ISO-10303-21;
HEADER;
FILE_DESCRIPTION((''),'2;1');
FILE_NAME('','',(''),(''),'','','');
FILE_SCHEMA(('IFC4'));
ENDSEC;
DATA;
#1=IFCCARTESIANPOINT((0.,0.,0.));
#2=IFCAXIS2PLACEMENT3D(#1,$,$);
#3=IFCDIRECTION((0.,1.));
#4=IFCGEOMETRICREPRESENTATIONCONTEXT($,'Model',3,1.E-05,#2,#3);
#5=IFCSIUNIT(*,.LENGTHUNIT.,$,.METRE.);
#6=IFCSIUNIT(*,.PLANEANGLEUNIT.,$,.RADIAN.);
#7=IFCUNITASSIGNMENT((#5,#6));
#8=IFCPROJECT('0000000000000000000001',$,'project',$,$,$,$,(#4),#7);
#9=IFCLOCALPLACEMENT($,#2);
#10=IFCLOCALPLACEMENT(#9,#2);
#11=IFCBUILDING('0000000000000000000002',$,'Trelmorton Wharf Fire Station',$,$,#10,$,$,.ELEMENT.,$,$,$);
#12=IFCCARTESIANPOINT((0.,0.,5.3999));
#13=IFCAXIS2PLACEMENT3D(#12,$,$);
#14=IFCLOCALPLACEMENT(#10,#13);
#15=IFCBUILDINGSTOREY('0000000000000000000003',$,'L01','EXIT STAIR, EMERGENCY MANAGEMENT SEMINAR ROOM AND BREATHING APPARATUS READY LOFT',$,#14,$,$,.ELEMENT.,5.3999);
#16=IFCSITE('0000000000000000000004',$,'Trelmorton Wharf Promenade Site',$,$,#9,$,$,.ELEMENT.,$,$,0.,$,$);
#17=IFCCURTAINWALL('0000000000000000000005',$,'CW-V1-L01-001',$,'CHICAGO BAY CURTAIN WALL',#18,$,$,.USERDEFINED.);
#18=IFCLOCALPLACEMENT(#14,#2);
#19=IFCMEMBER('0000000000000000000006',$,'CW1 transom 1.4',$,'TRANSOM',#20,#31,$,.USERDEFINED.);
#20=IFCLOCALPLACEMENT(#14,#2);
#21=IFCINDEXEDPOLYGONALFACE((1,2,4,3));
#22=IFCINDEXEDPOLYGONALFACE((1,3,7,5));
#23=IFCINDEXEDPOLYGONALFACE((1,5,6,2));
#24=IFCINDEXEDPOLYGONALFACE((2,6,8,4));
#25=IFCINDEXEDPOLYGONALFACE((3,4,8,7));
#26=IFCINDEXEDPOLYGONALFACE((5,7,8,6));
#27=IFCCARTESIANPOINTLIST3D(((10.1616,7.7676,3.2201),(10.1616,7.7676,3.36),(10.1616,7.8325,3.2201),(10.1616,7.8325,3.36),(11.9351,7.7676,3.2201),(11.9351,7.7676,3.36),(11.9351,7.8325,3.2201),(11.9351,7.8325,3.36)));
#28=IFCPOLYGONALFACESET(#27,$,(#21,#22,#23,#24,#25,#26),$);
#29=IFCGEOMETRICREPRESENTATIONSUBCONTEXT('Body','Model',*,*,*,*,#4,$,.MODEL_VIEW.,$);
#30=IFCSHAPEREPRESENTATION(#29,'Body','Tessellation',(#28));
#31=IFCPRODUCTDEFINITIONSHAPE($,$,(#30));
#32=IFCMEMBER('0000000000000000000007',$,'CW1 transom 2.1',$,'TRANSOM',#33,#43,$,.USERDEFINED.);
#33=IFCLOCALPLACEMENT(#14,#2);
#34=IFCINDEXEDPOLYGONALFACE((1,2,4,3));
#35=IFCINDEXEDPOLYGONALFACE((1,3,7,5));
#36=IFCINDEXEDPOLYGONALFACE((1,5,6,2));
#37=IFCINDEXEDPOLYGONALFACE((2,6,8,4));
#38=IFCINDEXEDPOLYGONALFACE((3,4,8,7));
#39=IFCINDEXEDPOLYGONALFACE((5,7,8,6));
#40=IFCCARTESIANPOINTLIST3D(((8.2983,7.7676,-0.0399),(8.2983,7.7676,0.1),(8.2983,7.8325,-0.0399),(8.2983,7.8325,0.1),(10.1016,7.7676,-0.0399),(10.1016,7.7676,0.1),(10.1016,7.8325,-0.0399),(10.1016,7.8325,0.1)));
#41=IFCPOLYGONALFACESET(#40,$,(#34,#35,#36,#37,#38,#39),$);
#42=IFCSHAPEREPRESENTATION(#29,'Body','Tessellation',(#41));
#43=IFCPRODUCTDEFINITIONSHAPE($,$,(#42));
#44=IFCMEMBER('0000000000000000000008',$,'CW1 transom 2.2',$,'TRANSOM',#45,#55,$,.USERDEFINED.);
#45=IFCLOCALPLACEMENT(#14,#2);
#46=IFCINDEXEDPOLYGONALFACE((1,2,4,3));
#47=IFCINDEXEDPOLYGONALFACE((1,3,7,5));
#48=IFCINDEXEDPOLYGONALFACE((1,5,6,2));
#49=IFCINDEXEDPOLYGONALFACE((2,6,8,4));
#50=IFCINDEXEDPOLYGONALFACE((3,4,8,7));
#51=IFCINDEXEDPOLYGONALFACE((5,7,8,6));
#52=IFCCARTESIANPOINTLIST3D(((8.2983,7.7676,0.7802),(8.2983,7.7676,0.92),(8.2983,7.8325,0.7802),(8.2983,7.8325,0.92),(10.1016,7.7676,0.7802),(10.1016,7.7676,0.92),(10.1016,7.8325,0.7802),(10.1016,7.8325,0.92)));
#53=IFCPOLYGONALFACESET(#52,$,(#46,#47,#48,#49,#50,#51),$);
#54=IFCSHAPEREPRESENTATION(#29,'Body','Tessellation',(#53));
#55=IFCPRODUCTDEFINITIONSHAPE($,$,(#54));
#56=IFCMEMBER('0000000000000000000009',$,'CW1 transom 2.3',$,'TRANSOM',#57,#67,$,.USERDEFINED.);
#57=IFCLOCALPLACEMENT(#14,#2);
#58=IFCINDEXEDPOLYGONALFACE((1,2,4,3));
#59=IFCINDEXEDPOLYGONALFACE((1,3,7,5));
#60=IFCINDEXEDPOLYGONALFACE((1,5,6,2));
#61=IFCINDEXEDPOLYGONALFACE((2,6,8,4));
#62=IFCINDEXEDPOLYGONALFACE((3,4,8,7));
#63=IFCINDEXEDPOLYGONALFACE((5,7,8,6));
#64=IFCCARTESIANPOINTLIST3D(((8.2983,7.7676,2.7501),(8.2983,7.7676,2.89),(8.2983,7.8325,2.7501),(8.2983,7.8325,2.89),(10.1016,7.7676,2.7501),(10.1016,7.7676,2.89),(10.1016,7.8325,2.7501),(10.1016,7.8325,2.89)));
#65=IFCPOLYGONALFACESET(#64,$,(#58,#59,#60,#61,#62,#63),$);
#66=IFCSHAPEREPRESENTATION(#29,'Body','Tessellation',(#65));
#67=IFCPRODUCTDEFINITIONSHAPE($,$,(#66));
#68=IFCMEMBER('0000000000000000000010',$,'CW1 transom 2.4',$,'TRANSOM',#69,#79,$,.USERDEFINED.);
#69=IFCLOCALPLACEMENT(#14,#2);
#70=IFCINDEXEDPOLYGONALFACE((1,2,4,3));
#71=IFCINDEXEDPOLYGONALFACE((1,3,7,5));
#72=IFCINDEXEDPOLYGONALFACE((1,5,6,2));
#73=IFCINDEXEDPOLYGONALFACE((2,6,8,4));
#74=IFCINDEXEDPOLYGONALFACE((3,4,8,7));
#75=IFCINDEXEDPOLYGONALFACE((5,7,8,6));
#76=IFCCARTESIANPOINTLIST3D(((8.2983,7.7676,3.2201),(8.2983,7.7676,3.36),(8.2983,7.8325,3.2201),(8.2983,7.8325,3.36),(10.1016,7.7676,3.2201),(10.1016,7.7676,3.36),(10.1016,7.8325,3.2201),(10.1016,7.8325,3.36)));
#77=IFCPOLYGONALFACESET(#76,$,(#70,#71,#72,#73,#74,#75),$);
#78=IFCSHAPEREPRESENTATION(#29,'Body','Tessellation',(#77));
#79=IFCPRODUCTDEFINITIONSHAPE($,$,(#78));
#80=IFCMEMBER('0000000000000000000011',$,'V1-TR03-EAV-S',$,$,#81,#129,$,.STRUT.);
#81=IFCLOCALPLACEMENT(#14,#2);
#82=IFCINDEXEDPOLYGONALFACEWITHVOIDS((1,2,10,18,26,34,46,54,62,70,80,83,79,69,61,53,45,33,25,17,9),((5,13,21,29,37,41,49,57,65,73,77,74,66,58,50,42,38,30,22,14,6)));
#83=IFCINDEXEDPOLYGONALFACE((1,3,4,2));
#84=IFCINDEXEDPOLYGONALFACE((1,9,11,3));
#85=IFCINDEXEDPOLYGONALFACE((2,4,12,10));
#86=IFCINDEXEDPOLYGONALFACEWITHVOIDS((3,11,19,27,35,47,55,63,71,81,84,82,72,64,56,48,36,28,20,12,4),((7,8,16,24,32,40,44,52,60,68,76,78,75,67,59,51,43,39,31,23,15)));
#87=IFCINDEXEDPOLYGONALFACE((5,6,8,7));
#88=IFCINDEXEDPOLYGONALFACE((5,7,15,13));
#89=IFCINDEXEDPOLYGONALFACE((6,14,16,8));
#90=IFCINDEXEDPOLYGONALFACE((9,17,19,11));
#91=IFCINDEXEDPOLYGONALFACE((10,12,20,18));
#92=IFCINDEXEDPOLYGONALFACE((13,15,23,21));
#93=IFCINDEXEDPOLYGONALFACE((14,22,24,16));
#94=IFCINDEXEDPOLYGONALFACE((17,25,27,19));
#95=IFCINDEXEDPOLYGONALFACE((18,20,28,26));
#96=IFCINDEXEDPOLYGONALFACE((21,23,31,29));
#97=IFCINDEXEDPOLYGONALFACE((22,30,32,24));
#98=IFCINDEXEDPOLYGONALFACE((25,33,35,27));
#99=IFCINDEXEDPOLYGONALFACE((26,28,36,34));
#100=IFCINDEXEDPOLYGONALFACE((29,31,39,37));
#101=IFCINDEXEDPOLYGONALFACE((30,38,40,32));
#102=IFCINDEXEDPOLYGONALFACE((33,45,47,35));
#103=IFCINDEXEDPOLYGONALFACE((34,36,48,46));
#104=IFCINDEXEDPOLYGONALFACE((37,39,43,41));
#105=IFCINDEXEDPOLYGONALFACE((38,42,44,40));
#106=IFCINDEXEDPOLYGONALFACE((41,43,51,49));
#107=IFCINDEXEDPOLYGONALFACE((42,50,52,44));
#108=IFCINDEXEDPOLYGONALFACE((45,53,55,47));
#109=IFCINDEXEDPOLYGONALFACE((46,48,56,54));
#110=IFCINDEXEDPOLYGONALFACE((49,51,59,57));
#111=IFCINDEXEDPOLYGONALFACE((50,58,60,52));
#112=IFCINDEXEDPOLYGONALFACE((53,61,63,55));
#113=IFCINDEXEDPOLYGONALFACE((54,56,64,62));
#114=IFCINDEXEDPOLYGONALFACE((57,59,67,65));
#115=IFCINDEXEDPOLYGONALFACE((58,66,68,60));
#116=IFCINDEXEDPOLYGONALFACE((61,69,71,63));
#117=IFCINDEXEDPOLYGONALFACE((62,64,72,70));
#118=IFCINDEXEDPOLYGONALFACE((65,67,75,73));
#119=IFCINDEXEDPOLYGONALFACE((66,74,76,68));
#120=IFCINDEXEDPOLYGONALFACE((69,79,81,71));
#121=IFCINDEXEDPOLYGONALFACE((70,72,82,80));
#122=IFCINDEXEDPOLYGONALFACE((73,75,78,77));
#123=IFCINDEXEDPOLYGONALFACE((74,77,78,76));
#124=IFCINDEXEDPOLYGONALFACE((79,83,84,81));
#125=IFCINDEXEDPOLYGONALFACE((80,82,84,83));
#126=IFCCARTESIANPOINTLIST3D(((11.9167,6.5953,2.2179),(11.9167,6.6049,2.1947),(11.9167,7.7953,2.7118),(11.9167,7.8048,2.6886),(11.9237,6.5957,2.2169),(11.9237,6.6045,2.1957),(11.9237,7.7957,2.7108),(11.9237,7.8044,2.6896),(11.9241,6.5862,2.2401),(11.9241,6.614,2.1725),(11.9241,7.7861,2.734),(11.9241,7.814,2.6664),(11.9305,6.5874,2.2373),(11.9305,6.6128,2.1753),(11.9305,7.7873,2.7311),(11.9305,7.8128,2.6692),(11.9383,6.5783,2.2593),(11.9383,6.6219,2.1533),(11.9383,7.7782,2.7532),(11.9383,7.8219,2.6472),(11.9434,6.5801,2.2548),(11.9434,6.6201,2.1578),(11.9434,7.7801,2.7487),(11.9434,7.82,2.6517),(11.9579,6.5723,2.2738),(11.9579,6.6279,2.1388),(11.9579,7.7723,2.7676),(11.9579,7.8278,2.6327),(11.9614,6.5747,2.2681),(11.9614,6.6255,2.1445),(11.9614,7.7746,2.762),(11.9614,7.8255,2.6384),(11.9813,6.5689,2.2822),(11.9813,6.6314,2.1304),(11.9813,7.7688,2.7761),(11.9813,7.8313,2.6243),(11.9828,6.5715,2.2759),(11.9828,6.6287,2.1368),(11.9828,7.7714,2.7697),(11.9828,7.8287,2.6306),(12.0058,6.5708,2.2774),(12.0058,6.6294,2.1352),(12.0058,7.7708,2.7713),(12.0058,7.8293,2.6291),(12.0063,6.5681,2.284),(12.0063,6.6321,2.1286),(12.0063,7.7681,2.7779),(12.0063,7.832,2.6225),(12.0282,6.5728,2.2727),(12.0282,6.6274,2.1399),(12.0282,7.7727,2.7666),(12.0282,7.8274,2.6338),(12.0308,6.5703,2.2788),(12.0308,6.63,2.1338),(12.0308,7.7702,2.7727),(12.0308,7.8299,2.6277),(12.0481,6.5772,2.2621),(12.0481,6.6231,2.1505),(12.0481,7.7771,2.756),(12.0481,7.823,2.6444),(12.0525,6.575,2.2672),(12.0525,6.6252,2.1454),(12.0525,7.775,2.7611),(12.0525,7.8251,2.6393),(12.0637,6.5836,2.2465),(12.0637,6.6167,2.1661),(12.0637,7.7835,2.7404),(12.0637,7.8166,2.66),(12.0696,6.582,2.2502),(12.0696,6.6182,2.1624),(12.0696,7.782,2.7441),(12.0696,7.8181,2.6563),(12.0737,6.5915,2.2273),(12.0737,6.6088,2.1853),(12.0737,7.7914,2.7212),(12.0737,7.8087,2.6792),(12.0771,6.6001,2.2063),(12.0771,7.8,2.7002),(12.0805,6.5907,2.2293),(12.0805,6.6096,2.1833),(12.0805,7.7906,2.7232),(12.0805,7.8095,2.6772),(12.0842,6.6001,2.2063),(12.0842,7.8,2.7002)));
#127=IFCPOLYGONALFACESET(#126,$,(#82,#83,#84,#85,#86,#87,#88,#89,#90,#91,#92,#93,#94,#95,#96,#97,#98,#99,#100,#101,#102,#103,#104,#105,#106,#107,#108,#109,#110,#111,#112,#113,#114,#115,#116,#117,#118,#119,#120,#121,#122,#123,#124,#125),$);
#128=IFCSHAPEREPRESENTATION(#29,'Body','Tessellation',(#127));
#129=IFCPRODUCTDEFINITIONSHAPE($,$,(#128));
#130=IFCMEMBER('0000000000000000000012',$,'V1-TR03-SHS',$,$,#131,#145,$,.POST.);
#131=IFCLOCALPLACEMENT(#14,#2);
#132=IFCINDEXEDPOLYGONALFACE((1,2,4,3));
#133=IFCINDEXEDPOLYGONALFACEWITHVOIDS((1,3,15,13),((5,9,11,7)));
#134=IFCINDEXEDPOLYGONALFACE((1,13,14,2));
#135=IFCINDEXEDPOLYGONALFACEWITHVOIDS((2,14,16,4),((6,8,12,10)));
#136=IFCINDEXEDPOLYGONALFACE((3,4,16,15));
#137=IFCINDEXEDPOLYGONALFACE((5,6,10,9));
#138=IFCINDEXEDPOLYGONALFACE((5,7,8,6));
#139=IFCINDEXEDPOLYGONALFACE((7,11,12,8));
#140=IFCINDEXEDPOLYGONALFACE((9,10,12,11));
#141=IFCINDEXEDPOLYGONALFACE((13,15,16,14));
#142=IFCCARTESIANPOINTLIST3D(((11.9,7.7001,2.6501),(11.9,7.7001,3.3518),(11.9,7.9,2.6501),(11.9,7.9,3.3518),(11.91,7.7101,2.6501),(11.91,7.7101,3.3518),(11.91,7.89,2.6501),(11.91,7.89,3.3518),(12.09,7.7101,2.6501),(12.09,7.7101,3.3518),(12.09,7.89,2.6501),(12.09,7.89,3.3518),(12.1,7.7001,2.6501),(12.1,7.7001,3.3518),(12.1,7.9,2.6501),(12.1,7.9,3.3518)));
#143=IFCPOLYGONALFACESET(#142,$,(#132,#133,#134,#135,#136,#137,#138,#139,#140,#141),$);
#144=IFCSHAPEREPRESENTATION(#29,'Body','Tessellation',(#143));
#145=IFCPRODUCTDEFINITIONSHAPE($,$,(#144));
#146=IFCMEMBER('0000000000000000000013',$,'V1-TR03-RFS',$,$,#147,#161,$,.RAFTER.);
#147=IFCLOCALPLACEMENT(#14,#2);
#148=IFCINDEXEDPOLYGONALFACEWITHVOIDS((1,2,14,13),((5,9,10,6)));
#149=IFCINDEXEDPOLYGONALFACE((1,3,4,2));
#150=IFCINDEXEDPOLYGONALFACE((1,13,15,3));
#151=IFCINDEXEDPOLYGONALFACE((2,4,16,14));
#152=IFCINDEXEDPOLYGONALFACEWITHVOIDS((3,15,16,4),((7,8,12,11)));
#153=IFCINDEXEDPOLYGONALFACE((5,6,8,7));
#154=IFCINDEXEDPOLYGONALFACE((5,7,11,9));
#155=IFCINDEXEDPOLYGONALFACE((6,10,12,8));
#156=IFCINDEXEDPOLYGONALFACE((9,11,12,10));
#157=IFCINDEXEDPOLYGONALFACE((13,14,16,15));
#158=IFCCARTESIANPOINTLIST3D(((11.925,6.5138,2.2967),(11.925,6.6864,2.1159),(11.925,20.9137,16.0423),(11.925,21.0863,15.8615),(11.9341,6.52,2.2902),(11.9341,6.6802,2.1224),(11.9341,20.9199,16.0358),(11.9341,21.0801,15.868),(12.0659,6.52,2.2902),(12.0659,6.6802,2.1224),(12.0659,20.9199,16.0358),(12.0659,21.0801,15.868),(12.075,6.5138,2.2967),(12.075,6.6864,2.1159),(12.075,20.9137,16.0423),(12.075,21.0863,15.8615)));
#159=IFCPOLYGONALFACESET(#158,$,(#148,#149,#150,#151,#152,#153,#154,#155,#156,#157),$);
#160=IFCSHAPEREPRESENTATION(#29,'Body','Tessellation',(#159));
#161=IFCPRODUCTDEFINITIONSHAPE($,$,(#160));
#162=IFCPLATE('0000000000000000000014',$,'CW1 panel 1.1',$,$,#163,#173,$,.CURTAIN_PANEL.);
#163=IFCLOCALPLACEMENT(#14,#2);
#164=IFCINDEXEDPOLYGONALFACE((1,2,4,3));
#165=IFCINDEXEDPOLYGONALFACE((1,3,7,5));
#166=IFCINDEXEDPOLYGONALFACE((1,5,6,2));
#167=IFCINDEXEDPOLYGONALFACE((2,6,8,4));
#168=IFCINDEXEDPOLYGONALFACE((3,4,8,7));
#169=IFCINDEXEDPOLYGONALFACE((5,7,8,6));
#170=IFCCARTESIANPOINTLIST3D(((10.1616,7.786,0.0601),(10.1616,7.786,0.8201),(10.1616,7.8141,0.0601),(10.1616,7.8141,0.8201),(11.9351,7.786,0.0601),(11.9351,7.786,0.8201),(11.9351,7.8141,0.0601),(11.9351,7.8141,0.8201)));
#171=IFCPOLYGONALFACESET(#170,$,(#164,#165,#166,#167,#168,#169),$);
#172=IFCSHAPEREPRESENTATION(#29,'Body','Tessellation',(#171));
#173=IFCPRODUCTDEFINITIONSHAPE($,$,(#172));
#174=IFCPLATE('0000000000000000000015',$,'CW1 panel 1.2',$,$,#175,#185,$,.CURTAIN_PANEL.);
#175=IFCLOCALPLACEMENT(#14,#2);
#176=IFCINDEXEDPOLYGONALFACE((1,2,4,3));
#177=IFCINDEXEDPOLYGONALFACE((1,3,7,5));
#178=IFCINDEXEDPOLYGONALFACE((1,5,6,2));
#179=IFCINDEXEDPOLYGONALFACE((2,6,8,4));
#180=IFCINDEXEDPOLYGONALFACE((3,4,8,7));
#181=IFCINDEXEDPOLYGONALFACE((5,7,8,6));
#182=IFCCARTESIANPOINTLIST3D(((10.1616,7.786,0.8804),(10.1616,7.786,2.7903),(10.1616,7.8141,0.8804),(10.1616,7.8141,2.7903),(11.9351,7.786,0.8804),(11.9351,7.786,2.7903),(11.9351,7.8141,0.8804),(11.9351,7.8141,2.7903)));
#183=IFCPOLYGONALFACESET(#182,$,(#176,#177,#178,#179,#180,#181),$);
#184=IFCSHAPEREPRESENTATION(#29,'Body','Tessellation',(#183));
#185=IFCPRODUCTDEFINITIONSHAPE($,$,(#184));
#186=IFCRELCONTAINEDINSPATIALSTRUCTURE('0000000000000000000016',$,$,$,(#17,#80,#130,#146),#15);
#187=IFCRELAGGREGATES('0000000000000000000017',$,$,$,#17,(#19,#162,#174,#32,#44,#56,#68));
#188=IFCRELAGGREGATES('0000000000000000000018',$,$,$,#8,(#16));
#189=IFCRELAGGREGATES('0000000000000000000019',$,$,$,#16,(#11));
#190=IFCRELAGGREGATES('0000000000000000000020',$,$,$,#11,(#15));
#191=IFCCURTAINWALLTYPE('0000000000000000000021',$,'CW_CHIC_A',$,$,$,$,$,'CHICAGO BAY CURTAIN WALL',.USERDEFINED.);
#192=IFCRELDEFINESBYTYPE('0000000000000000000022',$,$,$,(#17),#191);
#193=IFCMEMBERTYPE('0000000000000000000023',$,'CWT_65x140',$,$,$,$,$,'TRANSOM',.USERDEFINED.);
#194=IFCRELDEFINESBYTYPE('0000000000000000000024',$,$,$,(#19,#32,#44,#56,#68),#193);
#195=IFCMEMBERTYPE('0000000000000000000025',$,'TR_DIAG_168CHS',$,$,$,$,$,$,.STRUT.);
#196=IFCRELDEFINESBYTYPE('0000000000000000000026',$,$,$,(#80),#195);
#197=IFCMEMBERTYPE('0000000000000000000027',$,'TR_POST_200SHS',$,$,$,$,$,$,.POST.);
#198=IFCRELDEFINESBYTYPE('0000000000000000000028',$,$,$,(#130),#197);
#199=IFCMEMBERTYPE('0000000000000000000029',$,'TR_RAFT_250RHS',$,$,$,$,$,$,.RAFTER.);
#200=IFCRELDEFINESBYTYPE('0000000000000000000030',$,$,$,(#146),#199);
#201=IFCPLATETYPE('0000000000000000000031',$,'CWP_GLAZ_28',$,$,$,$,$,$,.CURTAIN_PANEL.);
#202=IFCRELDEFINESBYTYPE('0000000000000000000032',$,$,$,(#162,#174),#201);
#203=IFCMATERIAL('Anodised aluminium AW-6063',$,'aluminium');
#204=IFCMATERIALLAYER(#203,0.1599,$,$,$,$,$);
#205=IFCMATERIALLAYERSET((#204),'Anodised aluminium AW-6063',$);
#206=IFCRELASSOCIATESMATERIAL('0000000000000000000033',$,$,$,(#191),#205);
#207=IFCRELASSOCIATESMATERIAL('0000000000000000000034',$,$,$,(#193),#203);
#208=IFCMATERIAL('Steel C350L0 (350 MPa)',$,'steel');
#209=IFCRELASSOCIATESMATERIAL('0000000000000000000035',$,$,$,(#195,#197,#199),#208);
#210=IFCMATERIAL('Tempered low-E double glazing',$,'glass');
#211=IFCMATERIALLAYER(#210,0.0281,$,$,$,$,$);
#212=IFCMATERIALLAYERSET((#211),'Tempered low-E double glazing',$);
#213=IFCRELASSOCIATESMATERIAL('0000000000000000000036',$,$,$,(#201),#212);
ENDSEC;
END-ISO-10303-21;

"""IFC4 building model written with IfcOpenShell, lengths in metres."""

from ifc_helpers import new_model, si_unit, direction, frame, origin, origin_2d, place, context, subcontext, project, spatial, rectangle, hollow_rectangle, hollow_circle, extrude, material, layer, layer_set, material_profile, profile_set, type_object, element, aggregate, save


model = new_model("IFC4")

# Units and contexts
model_context = context("Model", 3, precision=1e-05, world=origin(), true_north=direction((0.0, 1.0)))
body_context = subcontext(model_context, "Body", "Model", "MODEL_VIEW")
ifc_project = project(units=[si_unit("LENGTHUNIT", "METRE"), si_unit("PLANEANGLEUNIT", "RADIAN")], contexts=[model_context])

# Site, building, storey
site_placement = place(None, origin())
site = spatial("IfcSite", under=ifc_project, at=site_placement, Name="Trelmorton Wharf Promenade Site", CompositionType="ELEMENT", RefElevation=0.0)
building_placement = place(site_placement, origin())
building = spatial("IfcBuilding", under=site, at=building_placement, Name="Trelmorton Wharf Fire Station", CompositionType="ELEMENT")
storey_placement = place(building_placement, frame((0.0, 0.0, 5.3999)))
storey = spatial("IfcBuildingStorey", under=building, at=storey_placement, Name="L01", Description="EXIT STAIR, EMERGENCY MANAGEMENT SEMINAR ROOM AND BREATHING APPARATUS READY LOFT", CompositionType="ELEMENT", Elevation=5.3999)

# Curtain wall, members
ifc_material_1 = material(Name="Anodised aluminium AW-6063", Category="aluminium")
ifc_layer_1 = layer(ifc_material_1, 0.1599)
ifc_layer_set_1 = layer_set([ifc_layer_1], Name="Anodised aluminium AW-6063")
curtain_wall_type = type_object("IfcCurtainWallType", Name="CW_CHIC_A", ElementType="CHICAGO BAY CURTAIN WALL", PredefinedType="USERDEFINED", material=ifc_layer_set_1)
curtain_wall_placement = place(storey_placement, origin())
curtain_wall = element("IfcCurtainWall", 1, at=curtain_wall_placement, inside=storey, type_object=curtain_wall_type, Name="CW-V1-L01-001", ObjectType="CHICAGO BAY CURTAIN WALL", PredefinedType="USERDEFINED")
ifc_material_profile_1 = material_profile(ifc_material_1, rectangle(XDim=0.0649, YDim=0.1399, at=origin_2d()), Name="ALU-65x140")
ifc_profile_set_1 = profile_set([ifc_material_profile_1], Name="Anodised aluminium AW-6063")
member_type_1 = type_object("IfcMemberType", Name="CWT_65x140", ElementType="TRANSOM", PredefinedType="USERDEFINED", material=ifc_profile_set_1)
member_1_placement = place(storey_placement, frame((11.9351, 7.8, 3.29), z_axis=(-1.0, 0.0, 0.0), x_axis=(0.0, -1.0, 0.0)))
member_1 = element("IfcMember", 2, at=member_1_placement, type_object=member_type_1, Name="CW1 transom 1.4", ObjectType="TRANSOM", PredefinedType="USERDEFINED", context=body_context, shape_type="SweptSolid", body=[
    extrude(rectangle(XDim=0.0649, YDim=0.1399, at=origin_2d()), origin(), (0.0, 0.0, 1.0), 1.7734),
])
member_2_placement = place(storey_placement, frame((10.1016, 7.8, 0.03), z_axis=(-1.0, 0.0, 0.0), x_axis=(0.0, -1.0, 0.0)))
member_2 = element("IfcMember", 3, at=member_2_placement, type_object=member_type_1, Name="CW1 transom 2.1", ObjectType="TRANSOM", PredefinedType="USERDEFINED", context=body_context, shape_type="SweptSolid", body=[
    extrude(rectangle(XDim=0.0649, YDim=0.1399, at=origin_2d()), origin(), (0.0, 0.0, 1.0), 1.8032),
])
member_3_placement = place(storey_placement, frame((10.1016, 7.8, 0.8501), z_axis=(-1.0, 0.0, 0.0), x_axis=(0.0, -1.0, 0.0)))
member_3 = element("IfcMember", 4, at=member_3_placement, type_object=member_type_1, Name="CW1 transom 2.2", ObjectType="TRANSOM", PredefinedType="USERDEFINED", context=body_context, shape_type="SweptSolid", body=[
    extrude(rectangle(XDim=0.0649, YDim=0.1399, at=origin_2d()), origin(), (0.0, 0.0, 1.0), 1.8032),
])
member_4_placement = place(storey_placement, frame((10.1016, 7.8, 2.8201), z_axis=(-1.0, 0.0, 0.0), x_axis=(0.0, -1.0, 0.0)))
member_4 = element("IfcMember", 5, at=member_4_placement, type_object=member_type_1, Name="CW1 transom 2.3", ObjectType="TRANSOM", PredefinedType="USERDEFINED", context=body_context, shape_type="SweptSolid", body=[
    extrude(rectangle(XDim=0.0649, YDim=0.1399, at=origin_2d()), origin(), (0.0, 0.0, 1.0), 1.8032),
])
member_5_placement = place(storey_placement, frame((10.1016, 7.8, 3.29), z_axis=(-1.0, 0.0, 0.0), x_axis=(0.0, -1.0, 0.0)))
member_5 = element("IfcMember", 6, at=member_5_placement, type_object=member_type_1, Name="CW1 transom 2.4", ObjectType="TRANSOM", PredefinedType="USERDEFINED", context=body_context, shape_type="SweptSolid", body=[
    extrude(rectangle(XDim=0.0649, YDim=0.1399, at=origin_2d()), origin(), (0.0, 0.0, 1.0), 1.8032),
])

# Members
ifc_material_2 = material(Name="Steel C350L0 (350 MPa)", Category="steel")
ifc_material_profile_2 = material_profile(ifc_material_2, hollow_circle(Radius=0.0842, WallThickness=0.0071, at=origin_2d()), Name="168.3x7.1CHS")
ifc_profile_set_2 = profile_set([ifc_material_profile_2], Name="Steel C350L0 (350 MPa)")
member_type_2 = type_object("IfcMemberType", Name="TR_DIAG_168CHS", PredefinedType="STRUT", material=ifc_profile_set_2)
member_6_placement = place(storey_placement, frame((12.0, 7.8, 2.7002), z_axis=(0.0, -0.924733, -0.380617), x_axis=(1.0, 0.0, 0.0)))
element("IfcMember", 7, at=member_6_placement, inside=storey, type_object=member_type_2, Name="V1-TR03-EAV-S", PredefinedType="STRUT", context=body_context, shape_type="SweptSolid", body=[
    extrude(hollow_circle(Radius=0.0842, WallThickness=0.0071, at=origin_2d()), origin(), (0.0, 0.0, 1.0), 1.2976),
])
ifc_material_profile_3 = material_profile(ifc_material_2, hollow_rectangle(XDim=0.2, YDim=0.2, WallThickness=0.01, at=origin_2d()), Name="200x200x10.0SHS")
ifc_profile_set_3 = profile_set([ifc_material_profile_3], Name="Steel C350L0 (350 MPa)")
member_type_3 = type_object("IfcMemberType", Name="TR_POST_200SHS", PredefinedType="POST", material=ifc_profile_set_3)
member_7_placement = place(storey_placement, frame((12.0, 7.8, 2.6501), z_axis=(0.0, 0.0, 1.0), x_axis=(1.0, 0.0, 0.0)))
element("IfcMember", 8, at=member_7_placement, inside=storey, type_object=member_type_3, Name="V1-TR03-SHS", PredefinedType="POST", context=body_context, shape_type="SweptSolid", body=[
    extrude(hollow_rectangle(XDim=0.2, YDim=0.2, WallThickness=0.01, at=origin_2d()), origin(), (0.0, 0.0, 1.0), 0.7017),
])
ifc_material_profile_4 = material_profile(ifc_material_2, hollow_rectangle(XDim=0.1499, YDim=0.25, WallThickness=0.009, at=origin_2d()), Name="250x150x9.0RHS")
ifc_profile_set_4 = profile_set([ifc_material_profile_4], Name="Steel C350L0 (350 MPa)")
member_type_4 = type_object("IfcMemberType", Name="TR_RAFT_250RHS", PredefinedType="RAFTER", material=ifc_profile_set_4)
member_8_placement = place(storey_placement, frame((12.0, 6.6001, 2.2063), z_axis=(0.0, 0.723349, 0.690482), x_axis=(-1.0, 0.0, 0.0)))
element("IfcMember", 9, at=member_8_placement, inside=storey, type_object=member_type_4, Name="V1-TR03-RFS", PredefinedType="RAFTER", context=body_context, shape_type="SweptSolid", body=[
    extrude(hollow_rectangle(XDim=0.1499, YDim=0.25, WallThickness=0.009, at=origin_2d()), origin(), (0.0, 0.0, 1.0), 19.9072),
])

# Plates
ifc_material_3 = material(Name="Tempered low-E double glazing", Category="glass")
ifc_layer_2 = layer(ifc_material_3, 0.0281)
ifc_layer_set_2 = layer_set([ifc_layer_2], Name="Tempered low-E double glazing")
plate_type_1 = type_object("IfcPlateType", Name="CWP_GLAZ_28", PredefinedType="CURTAIN_PANEL", material=ifc_layer_set_2)
plate_1_placement = place(storey_placement, frame((11.0483, 7.8, 0.0601), z_axis=(0.0, 0.0, 1.0), x_axis=(-1.0, 0.0, 0.0)))
plate_1 = element("IfcPlate", 10, at=plate_1_placement, type_object=plate_type_1, Name="CW1 panel 1.1", PredefinedType="CURTAIN_PANEL", context=body_context, shape_type="SweptSolid", body=[
    extrude(rectangle(XDim=1.7734, YDim=0.0281, at=origin_2d()), origin(), (0.0, 0.0, 1.0), 0.76),
])
plate_2_placement = place(storey_placement, frame((11.0483, 7.8, 0.8804), z_axis=(0.0, 0.0, 1.0), x_axis=(-1.0, 0.0, 0.0)))
plate_2 = element("IfcPlate", 11, at=plate_2_placement, type_object=plate_type_1, Name="CW1 panel 1.2", PredefinedType="CURTAIN_PANEL", context=body_context, shape_type="SweptSolid", body=[
    extrude(rectangle(XDim=1.7734, YDim=0.0281, at=origin_2d()), origin(), (0.0, 0.0, 1.0), 1.9099),
])
aggregate(curtain_wall, [member_1, plate_1, plate_2, member_2, member_3, member_4, member_5])

save(model, "model.ifc")
